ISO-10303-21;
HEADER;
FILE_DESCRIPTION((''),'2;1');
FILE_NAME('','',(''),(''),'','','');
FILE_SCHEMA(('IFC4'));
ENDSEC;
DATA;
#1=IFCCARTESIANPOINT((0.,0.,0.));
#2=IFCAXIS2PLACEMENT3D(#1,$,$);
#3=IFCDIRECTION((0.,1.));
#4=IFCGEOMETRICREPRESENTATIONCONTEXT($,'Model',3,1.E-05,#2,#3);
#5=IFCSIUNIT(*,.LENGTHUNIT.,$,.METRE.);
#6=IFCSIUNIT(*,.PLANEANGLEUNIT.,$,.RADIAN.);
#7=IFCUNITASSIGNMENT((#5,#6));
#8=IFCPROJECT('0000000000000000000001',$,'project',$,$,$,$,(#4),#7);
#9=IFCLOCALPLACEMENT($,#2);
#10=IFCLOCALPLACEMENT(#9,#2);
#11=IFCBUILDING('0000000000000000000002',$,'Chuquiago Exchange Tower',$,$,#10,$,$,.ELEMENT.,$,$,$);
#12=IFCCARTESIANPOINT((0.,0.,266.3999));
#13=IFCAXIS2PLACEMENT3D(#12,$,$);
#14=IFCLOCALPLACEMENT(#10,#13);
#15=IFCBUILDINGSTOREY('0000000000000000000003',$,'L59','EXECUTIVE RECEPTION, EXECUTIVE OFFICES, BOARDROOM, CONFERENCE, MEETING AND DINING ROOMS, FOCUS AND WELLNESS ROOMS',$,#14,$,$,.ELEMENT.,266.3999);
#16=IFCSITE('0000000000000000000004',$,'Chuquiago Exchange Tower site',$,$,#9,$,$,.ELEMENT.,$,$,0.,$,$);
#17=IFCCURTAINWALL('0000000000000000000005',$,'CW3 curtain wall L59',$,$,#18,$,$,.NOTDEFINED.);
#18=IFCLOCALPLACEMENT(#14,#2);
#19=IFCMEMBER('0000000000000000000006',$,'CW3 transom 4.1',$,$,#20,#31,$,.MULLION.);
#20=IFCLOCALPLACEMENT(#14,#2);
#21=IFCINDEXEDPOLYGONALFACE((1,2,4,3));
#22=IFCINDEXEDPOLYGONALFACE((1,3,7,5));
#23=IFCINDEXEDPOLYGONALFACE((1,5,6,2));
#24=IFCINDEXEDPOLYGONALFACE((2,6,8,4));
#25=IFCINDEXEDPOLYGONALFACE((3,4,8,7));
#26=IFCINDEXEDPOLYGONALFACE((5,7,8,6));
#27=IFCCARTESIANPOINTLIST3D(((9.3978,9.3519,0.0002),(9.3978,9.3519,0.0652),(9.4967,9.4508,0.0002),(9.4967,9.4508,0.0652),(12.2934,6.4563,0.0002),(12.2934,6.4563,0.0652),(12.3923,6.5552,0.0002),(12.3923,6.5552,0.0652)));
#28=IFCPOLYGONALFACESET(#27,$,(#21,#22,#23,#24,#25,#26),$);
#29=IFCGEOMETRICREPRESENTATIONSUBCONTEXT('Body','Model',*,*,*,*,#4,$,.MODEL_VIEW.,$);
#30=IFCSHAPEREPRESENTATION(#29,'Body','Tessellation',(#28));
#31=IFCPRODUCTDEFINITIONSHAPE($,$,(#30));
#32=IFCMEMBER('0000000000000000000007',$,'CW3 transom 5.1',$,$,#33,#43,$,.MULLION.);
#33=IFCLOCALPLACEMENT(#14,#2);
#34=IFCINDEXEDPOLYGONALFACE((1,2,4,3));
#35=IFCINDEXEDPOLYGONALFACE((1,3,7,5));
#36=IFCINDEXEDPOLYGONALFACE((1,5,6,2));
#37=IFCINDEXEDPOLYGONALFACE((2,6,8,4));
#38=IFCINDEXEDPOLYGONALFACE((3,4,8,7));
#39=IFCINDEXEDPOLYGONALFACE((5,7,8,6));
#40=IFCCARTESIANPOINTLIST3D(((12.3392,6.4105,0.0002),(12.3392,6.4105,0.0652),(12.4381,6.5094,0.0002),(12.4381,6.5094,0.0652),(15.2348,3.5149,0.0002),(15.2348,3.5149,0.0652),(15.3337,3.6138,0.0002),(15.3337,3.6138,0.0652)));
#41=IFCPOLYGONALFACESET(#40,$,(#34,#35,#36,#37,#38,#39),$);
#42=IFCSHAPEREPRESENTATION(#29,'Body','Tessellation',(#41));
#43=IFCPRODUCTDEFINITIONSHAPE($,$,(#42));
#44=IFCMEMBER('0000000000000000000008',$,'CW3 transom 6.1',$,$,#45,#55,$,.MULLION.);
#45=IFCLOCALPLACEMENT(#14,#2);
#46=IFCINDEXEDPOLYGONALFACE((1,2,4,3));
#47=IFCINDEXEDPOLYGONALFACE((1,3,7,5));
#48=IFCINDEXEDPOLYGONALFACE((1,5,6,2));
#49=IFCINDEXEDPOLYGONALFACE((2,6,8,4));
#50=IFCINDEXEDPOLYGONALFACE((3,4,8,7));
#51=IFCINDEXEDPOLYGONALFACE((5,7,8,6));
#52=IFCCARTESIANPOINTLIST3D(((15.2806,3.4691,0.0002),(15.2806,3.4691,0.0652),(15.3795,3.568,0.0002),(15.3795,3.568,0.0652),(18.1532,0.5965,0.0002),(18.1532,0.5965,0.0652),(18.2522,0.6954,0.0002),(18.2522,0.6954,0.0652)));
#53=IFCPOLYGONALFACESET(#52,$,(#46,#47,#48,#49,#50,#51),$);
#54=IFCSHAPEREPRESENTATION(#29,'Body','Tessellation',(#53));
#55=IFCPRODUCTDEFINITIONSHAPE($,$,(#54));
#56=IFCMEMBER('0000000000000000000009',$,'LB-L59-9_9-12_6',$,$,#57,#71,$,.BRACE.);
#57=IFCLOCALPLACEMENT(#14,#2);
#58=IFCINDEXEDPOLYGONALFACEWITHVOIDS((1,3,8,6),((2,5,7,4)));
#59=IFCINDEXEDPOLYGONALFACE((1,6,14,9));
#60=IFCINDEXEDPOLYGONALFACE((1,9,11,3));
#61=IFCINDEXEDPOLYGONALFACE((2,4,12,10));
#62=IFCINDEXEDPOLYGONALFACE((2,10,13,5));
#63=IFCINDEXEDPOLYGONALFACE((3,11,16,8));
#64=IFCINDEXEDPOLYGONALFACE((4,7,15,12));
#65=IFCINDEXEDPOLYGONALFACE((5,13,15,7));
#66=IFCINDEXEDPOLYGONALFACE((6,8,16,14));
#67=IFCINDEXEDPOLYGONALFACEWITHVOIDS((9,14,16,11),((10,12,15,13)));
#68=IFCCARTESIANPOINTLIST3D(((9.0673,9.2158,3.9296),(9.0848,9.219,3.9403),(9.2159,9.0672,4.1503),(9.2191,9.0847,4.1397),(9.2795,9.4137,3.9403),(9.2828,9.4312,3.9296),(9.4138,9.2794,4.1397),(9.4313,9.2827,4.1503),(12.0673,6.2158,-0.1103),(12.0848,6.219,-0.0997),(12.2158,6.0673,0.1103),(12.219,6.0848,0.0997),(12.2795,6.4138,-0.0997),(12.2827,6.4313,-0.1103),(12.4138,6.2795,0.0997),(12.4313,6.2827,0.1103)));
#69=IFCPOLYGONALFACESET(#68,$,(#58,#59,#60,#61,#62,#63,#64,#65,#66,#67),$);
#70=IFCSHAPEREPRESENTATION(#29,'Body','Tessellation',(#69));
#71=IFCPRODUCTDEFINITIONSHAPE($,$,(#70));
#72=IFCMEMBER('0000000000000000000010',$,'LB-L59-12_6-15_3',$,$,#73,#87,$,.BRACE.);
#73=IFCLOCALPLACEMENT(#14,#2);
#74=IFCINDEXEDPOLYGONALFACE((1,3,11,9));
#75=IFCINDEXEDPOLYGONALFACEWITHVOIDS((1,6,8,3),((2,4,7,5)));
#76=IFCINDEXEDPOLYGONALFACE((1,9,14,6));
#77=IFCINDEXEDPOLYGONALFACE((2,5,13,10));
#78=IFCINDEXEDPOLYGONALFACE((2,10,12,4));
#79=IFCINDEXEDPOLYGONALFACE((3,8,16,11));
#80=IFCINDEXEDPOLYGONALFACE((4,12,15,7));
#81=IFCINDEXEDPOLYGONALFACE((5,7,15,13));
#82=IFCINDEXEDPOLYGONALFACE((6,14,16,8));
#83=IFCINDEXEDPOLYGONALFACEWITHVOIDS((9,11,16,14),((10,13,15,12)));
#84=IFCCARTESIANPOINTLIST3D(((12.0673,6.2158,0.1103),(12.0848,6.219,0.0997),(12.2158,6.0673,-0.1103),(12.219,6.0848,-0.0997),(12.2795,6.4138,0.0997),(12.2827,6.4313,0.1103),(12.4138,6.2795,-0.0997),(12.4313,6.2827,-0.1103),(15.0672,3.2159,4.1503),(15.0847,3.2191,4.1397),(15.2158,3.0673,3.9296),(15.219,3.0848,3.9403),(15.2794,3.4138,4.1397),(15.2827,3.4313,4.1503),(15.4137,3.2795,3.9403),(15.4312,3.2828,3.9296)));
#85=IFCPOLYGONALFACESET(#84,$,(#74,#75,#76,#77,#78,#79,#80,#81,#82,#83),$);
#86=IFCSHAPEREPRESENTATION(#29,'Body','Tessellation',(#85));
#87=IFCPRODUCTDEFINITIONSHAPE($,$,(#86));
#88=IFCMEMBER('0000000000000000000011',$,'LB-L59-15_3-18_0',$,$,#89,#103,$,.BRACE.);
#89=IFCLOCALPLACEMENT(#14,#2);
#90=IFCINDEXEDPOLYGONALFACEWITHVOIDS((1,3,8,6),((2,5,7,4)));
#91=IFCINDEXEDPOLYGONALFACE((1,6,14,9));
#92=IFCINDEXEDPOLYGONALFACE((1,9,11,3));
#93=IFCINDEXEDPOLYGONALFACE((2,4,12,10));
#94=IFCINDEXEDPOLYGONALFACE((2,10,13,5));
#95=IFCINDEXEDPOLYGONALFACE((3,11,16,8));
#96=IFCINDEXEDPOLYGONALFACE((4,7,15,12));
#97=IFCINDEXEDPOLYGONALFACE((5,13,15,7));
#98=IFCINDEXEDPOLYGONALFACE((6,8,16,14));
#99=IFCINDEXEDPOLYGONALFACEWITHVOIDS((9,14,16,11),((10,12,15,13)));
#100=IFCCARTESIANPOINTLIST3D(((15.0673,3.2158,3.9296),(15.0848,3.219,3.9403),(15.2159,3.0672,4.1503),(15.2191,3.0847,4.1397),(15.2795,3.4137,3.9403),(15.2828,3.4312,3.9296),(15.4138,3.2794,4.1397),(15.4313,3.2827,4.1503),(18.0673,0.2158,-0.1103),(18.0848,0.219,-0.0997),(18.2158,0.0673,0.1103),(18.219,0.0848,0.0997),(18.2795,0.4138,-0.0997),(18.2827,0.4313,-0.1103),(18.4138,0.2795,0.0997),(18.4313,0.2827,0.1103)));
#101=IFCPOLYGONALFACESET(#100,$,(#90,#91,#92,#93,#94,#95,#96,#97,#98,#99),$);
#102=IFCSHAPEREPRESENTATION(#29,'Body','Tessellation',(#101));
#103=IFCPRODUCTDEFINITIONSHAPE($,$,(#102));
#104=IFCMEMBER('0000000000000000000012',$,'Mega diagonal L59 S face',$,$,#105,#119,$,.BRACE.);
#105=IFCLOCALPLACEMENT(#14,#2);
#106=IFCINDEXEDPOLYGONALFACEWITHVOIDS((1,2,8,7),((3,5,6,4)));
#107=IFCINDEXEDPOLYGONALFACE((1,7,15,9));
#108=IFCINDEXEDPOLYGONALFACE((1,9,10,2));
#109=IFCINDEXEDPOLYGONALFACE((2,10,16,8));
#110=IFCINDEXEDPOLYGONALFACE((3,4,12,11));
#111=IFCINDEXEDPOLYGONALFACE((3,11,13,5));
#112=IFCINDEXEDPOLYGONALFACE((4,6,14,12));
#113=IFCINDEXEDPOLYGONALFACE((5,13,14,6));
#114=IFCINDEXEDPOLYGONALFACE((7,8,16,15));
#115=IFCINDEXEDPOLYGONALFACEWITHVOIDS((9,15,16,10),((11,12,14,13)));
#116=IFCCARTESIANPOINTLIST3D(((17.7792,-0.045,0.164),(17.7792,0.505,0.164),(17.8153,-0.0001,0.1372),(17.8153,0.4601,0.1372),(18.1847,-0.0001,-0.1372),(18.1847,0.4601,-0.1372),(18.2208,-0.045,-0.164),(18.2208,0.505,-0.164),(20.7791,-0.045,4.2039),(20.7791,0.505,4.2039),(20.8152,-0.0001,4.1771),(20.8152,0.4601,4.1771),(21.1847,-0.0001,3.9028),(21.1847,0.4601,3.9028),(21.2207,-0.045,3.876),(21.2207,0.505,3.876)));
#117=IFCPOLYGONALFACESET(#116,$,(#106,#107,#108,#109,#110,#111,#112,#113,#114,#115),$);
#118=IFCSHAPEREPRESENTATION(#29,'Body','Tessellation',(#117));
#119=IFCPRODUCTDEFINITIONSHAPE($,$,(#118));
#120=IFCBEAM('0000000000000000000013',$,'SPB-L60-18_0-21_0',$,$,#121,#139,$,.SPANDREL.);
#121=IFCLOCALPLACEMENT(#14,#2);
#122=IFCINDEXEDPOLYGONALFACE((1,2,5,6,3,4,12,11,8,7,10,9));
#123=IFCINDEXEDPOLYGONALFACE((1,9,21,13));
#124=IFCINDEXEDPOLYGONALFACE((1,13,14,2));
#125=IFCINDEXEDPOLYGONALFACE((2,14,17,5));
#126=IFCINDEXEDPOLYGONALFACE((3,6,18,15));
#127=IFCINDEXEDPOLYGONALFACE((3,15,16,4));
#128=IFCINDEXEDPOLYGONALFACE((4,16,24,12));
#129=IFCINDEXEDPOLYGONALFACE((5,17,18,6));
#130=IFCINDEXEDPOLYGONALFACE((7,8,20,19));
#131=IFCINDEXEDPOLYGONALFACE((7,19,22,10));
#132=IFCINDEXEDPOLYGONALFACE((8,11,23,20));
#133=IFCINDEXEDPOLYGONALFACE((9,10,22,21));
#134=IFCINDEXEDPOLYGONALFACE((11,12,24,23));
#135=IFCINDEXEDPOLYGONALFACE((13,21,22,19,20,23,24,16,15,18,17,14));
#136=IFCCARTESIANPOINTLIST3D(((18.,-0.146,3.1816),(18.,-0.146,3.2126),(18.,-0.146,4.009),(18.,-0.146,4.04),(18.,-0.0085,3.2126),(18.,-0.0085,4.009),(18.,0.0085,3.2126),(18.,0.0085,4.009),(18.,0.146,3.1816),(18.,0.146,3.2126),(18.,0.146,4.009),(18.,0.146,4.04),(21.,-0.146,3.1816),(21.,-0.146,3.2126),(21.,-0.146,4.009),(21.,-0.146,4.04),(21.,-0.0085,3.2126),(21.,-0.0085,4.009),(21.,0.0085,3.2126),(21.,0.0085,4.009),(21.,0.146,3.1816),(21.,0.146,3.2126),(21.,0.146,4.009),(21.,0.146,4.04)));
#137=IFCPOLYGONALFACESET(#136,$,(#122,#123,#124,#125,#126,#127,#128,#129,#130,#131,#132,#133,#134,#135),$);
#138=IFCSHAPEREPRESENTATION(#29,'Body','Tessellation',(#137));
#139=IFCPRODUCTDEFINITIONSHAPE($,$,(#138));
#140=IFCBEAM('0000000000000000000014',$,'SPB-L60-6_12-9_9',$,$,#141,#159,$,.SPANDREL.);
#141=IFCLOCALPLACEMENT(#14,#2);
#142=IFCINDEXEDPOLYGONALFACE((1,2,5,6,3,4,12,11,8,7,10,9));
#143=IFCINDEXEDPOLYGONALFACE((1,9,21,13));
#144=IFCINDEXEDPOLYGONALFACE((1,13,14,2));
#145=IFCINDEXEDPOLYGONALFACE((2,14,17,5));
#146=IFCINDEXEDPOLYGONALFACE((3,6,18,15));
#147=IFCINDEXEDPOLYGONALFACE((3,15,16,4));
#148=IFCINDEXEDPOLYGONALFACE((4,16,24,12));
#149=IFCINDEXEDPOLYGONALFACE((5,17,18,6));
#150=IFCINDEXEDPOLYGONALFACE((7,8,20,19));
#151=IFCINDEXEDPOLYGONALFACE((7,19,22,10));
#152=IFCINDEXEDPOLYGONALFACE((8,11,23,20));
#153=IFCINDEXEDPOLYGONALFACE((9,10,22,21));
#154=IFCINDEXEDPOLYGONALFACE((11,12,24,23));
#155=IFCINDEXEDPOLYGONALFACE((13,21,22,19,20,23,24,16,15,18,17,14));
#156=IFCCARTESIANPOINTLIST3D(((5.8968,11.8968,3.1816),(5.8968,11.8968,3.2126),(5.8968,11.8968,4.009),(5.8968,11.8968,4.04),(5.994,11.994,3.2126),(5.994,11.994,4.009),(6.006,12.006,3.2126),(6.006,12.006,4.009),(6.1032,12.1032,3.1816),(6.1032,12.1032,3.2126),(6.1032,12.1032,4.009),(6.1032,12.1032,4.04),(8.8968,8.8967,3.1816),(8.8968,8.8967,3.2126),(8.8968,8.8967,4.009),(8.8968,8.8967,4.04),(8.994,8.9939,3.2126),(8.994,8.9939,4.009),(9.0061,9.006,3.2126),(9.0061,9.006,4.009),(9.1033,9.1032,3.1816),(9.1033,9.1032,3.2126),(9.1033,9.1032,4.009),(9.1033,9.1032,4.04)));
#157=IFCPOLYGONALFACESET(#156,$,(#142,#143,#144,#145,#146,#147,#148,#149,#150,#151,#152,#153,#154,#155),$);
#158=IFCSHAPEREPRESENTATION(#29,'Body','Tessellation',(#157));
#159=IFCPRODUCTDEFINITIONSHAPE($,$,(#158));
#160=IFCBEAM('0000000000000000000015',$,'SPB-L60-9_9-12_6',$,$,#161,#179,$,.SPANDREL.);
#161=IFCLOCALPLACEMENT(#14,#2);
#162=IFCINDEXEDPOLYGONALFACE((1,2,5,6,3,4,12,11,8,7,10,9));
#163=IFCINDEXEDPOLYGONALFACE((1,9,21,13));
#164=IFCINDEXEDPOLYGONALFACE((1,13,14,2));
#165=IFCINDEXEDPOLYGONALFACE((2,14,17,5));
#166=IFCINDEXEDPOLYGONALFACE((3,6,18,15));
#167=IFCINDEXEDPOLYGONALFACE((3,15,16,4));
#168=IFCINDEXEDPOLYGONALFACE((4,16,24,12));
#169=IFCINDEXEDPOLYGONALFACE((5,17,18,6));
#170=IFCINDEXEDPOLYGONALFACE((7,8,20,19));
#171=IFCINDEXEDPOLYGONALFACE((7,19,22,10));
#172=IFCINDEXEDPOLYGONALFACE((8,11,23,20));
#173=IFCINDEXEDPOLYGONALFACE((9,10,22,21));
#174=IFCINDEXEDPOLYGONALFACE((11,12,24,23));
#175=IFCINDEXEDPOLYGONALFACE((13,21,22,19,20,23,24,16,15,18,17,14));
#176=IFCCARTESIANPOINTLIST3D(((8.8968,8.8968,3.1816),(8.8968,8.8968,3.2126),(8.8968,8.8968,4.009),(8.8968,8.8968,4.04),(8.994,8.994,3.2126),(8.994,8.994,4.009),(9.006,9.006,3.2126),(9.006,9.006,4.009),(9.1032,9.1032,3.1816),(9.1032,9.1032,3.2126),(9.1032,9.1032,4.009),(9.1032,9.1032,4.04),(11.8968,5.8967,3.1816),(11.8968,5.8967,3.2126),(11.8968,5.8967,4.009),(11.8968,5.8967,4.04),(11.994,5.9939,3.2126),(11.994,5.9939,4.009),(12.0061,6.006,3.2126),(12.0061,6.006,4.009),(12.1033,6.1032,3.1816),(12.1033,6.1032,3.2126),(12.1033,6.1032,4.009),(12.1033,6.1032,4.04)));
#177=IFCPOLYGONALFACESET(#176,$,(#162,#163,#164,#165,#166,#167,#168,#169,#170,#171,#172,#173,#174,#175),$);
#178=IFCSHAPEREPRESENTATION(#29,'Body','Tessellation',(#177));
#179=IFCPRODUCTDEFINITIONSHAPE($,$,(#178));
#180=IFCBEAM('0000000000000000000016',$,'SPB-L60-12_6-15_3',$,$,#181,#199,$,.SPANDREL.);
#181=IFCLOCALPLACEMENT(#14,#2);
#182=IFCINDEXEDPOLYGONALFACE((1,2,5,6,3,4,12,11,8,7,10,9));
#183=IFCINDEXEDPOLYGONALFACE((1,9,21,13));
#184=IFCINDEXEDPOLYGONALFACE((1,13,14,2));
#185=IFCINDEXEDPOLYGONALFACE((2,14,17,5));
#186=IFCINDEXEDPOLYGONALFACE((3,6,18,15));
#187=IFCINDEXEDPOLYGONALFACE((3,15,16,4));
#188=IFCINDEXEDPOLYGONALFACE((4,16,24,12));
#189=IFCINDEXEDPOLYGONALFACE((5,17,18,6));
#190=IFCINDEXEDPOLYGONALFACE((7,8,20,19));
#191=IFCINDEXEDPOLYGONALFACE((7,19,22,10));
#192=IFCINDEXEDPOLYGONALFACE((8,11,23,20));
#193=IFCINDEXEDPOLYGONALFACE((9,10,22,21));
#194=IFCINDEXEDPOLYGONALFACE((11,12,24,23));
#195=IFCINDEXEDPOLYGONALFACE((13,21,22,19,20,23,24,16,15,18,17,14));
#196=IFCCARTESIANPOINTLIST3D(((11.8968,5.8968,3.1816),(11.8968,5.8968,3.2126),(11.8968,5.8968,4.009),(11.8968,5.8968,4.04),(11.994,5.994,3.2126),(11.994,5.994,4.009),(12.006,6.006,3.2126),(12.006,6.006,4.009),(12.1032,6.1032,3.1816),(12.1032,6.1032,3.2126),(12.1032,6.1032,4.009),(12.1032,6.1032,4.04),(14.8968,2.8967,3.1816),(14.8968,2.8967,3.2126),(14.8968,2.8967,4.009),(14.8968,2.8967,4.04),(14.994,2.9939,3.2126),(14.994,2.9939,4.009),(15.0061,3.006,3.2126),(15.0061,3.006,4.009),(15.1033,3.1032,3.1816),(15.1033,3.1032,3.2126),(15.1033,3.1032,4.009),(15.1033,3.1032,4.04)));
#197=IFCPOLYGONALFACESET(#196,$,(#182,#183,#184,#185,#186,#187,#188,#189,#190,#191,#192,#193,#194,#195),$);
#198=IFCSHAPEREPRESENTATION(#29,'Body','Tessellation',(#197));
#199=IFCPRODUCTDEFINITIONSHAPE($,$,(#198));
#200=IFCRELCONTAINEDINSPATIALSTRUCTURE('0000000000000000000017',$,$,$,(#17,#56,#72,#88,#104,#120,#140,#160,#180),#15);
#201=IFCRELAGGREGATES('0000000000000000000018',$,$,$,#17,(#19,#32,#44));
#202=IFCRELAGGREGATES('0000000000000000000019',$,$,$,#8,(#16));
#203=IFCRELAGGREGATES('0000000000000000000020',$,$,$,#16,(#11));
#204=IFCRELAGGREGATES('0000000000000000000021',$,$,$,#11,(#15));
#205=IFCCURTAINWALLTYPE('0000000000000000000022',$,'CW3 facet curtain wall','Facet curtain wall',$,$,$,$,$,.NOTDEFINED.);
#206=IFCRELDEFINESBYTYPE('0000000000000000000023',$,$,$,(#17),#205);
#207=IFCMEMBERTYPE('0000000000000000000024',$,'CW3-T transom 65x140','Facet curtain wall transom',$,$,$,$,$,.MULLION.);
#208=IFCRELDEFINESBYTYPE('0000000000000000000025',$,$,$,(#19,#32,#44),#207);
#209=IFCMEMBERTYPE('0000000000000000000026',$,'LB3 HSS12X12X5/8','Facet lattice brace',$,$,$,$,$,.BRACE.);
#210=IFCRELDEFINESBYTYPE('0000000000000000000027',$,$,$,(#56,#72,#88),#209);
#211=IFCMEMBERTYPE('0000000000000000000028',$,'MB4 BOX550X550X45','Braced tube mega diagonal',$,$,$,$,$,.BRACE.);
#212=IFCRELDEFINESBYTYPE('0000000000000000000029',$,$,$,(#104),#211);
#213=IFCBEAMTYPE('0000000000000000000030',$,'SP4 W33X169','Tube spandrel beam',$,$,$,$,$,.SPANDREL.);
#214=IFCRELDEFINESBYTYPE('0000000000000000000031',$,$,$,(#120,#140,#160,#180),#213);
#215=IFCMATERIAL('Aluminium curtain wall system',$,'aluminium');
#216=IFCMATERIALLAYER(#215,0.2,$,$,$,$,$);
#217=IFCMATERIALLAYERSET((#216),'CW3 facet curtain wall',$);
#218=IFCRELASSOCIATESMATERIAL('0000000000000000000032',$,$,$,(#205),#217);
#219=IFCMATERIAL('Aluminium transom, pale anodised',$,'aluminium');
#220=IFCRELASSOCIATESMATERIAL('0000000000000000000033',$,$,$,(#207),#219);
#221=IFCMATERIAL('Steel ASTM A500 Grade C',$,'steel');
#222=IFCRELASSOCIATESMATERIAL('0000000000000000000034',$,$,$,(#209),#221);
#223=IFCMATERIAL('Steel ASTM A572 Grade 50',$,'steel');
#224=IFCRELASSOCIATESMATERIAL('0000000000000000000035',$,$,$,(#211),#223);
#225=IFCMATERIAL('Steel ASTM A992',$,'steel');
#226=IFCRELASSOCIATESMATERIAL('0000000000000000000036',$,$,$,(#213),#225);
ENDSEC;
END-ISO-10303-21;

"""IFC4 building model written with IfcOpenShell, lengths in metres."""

from ifc_helpers import new_model, si_unit, direction, frame, origin, origin_2d, place, context, subcontext, project, spatial, rectangle, hollow_rectangle, i_section, extrude, material, layer, layer_set, material_profile, profile_set, type_object, element, aggregate, save


model = new_model("IFC4")

# Units and contexts
model_context = context("Model", 3, precision=1e-05, world=origin(), true_north=direction((0.0, 1.0)))
body_context = subcontext(model_context, "Body", "Model", "MODEL_VIEW")
ifc_project = project(units=[si_unit("LENGTHUNIT", "METRE"), si_unit("PLANEANGLEUNIT", "RADIAN")], contexts=[model_context])

# Site, building, storey
site_placement = place(None, origin())
site = spatial("IfcSite", under=ifc_project, at=site_placement, Name="Chuquiago Exchange Tower site", CompositionType="ELEMENT", RefElevation=0.0)
building_placement = place(site_placement, origin())
building = spatial("IfcBuilding", under=site, at=building_placement, Name="Chuquiago Exchange Tower", CompositionType="ELEMENT")
storey_placement = place(building_placement, frame((0.0, 0.0, 266.3999)))
storey = spatial("IfcBuildingStorey", under=building, at=storey_placement, Name="L59", Description="EXECUTIVE RECEPTION, EXECUTIVE OFFICES, BOARDROOM, CONFERENCE, MEETING AND DINING ROOMS, FOCUS AND WELLNESS ROOMS", CompositionType="ELEMENT", Elevation=266.3999)

# Curtain wall, members
ifc_material_1 = material(Name="Aluminium curtain wall system", Category="aluminium")
ifc_layer_1 = layer(ifc_material_1, 0.2)
ifc_layer_set_1 = layer_set([ifc_layer_1], Name="CW3 facet curtain wall")
curtain_wall_type_1 = type_object("IfcCurtainWallType", Name="CW3 facet curtain wall", Description="Facet curtain wall", PredefinedType="NOTDEFINED", material=ifc_layer_set_1)
curtain_wall_1_placement = place(storey_placement, origin())
curtain_wall_1 = element("IfcCurtainWall", 1, at=curtain_wall_1_placement, inside=storey, type_object=curtain_wall_type_1, Name="CW3 curtain wall L59", PredefinedType="NOTDEFINED")
ifc_material_2 = material(Name="Aluminium transom, pale anodised", Category="aluminium")
ifc_material_profile_1 = material_profile(ifc_material_2, rectangle(XDim=0.1399, YDim=0.0649, at=origin_2d()), Name="AL 140x65")
ifc_profile_set_1 = profile_set([ifc_material_profile_1], Name="Aluminium transom, pale anodised")
member_type_1 = type_object("IfcMemberType", Name="CW3-T transom 65x140", Description="Facet curtain wall transom", PredefinedType="MULLION", material=ifc_profile_set_1)
member_1_placement = place(storey_placement, frame((9.4473, 9.4014, 0.0327), z_axis=(0.707107, -0.707107, 0.0), x_axis=(0.707107, 0.707107, 0.0)))
member_1 = element("IfcMember", 2, at=member_1_placement, type_object=member_type_1, Name="CW3 transom 4.1", PredefinedType="MULLION", context=body_context, shape_type="SweptSolid", body=[
    extrude(rectangle(XDim=0.1399, YDim=0.0649, at=origin_2d()), origin(), (0.0, 0.0, 1.0), 4.095),
])
member_2_placement = place(storey_placement, frame((12.3887, 6.46, 0.0327), z_axis=(0.707107, -0.707107, 0.0), x_axis=(0.707107, 0.707107, 0.0)))
member_2 = element("IfcMember", 3, at=member_2_placement, type_object=member_type_1, Name="CW3 transom 5.1", PredefinedType="MULLION", context=body_context, shape_type="SweptSolid", body=[
    extrude(rectangle(XDim=0.1399, YDim=0.0649, at=origin_2d()), origin(), (0.0, 0.0, 1.0), 4.095),
])
member_3_placement = place(storey_placement, frame((15.3301, 3.5186, 0.0327), z_axis=(0.707107, -0.707107, 0.0), x_axis=(0.707107, 0.707107, 0.0)))
member_3 = element("IfcMember", 4, at=member_3_placement, type_object=member_type_1, Name="CW3 transom 6.1", PredefinedType="MULLION", context=body_context, shape_type="SweptSolid", body=[
    extrude(rectangle(XDim=0.1399, YDim=0.0649, at=origin_2d()), origin(), (0.0, 0.0, 1.0), 4.0625),
])

# Members
ifc_material_3 = material(Name="Steel ASTM A500 Grade C", Category="steel")
ifc_material_profile_2 = material_profile(ifc_material_3, hollow_rectangle(XDim=0.3047, YDim=0.3047, WallThickness=0.0146, at=origin_2d()), Name="HSS12X12X5/8")
ifc_profile_set_2 = profile_set([ifc_material_profile_2], Name="Steel ASTM A500 Grade C")
member_type_2 = type_object("IfcMemberType", Name="LB3 HSS12X12X5/8", Description="Facet lattice brace", PredefinedType="BRACE", material=ifc_profile_set_2)
for number, where, z_axis, x_axis, name in (
    (5, (12.2493, 6.2493, 0.0), (-0.512077, 0.512077, 0.689604), (-0.707107, -0.707107, 0.0), "LB-L59-9_9-12_6"),
    (6, (12.2493, 6.2493, 0.0), (0.512077, -0.512077, 0.689604), (0.707107, 0.707107, 0.0), "LB-L59-12_6-15_3"),
    (7, (18.2493, 0.2493, 0.0), (-0.512077, 0.512077, 0.689604), (-0.707107, -0.707107, 0.0), "LB-L59-15_3-18_0"),
):
    element("IfcMember", number, at=place(storey_placement, frame(where, z_axis=z_axis, x_axis=x_axis)), inside=storey, type_object=member_type_2, Name=name, PredefinedType="BRACE", context=body_context, shape_type="SweptSolid", body=[
        extrude(hollow_rectangle(XDim=0.3047, YDim=0.3047, WallThickness=0.0146, at=origin_2d()), origin(), (0.0, 0.0, 1.0), 5.8584),
    ])
ifc_material_4 = material(Name="Steel ASTM A572 Grade 50", Category="steel")
ifc_material_profile_3 = material_profile(ifc_material_4, hollow_rectangle(XDim=0.55, YDim=0.55, WallThickness=0.0449, at=origin_2d()), Name="BOX550X550X45")
ifc_profile_set_3 = profile_set([ifc_material_profile_3], Name="Steel ASTM A572 Grade 50")
member_type_3 = type_object("IfcMemberType", Name="MB4 BOX550X550X45", Description="Braced tube mega diagonal", PredefinedType="BRACE", material=ifc_profile_set_3)
member_4_placement = place(storey_placement, frame((18.0, 0.23, 0.0), z_axis=(0.596174, 0.0, 0.802855), x_axis=(0.0, 1.0, 0.0)))
element("IfcMember", 8, at=member_4_placement, inside=storey, type_object=member_type_3, Name="Mega diagonal L59 S face", PredefinedType="BRACE", context=body_context, shape_type="SweptSolid", body=[
    extrude(hollow_rectangle(XDim=0.55, YDim=0.55, WallThickness=0.0449, at=origin_2d()), origin(), (0.0, 0.0, 1.0), 5.032),
])

# Beams
ifc_material_5 = material(Name="Steel ASTM A992", Category="steel")
ifc_material_profile_4 = material_profile(ifc_material_5, i_section(OverallWidth=0.292, OverallDepth=0.8584, WebThickness=0.0171, FlangeThickness=0.031, at=origin_2d()), Name="W33X169")
ifc_profile_set_4 = profile_set([ifc_material_profile_4], Name="Steel ASTM A992")
beam_type_1 = type_object("IfcBeamType", Name="SP4 W33X169", Description="Tube spandrel beam", PredefinedType="SPANDREL", material=ifc_profile_set_4)
beam_1_placement = place(storey_placement, frame((18.0, 0.0, 3.6108), z_axis=(1.0, 0.0, 0.0), x_axis=(0.0, 1.0, 0.0)))
element("IfcBeam", 9, at=beam_1_placement, inside=storey, type_object=beam_type_1, Name="SPB-L60-18_0-21_0", PredefinedType="SPANDREL", context=body_context, shape_type="SweptSolid", body=[
    extrude(i_section(OverallWidth=0.292, OverallDepth=0.8584, WebThickness=0.0171, FlangeThickness=0.031, at=origin_2d()), origin(), (0.0, 0.0, 1.0), 3.0),
])
for number, where, z_axis, x_axis, name in (
    (10, (6.0, 12.0, 3.6108), (0.707107, -0.707107, 0.0), (0.707107, 0.707107, 0.0), "SPB-L60-6_12-9_9"),
    (11, (9.0, 9.0, 3.6108), (0.707107, -0.707107, 0.0), (0.707107, 0.707107, 0.0), "SPB-L60-9_9-12_6"),
    (12, (12.0, 6.0, 3.6108), (0.707107, -0.707107, 0.0), (0.707107, 0.707107, 0.0), "SPB-L60-12_6-15_3"),
):
    element("IfcBeam", number, at=place(storey_placement, frame(where, z_axis=z_axis, x_axis=x_axis)), inside=storey, type_object=beam_type_1, Name=name, PredefinedType="SPANDREL", context=body_context, shape_type="SweptSolid", body=[
        extrude(i_section(OverallWidth=0.292, OverallDepth=0.8584, WebThickness=0.0171, FlangeThickness=0.031, at=origin_2d()), origin(), (0.0, 0.0, 1.0), 4.2427),
    ])

aggregate(curtain_wall_1, [member_1, member_2, member_3])

save(model, "model.ifc")
